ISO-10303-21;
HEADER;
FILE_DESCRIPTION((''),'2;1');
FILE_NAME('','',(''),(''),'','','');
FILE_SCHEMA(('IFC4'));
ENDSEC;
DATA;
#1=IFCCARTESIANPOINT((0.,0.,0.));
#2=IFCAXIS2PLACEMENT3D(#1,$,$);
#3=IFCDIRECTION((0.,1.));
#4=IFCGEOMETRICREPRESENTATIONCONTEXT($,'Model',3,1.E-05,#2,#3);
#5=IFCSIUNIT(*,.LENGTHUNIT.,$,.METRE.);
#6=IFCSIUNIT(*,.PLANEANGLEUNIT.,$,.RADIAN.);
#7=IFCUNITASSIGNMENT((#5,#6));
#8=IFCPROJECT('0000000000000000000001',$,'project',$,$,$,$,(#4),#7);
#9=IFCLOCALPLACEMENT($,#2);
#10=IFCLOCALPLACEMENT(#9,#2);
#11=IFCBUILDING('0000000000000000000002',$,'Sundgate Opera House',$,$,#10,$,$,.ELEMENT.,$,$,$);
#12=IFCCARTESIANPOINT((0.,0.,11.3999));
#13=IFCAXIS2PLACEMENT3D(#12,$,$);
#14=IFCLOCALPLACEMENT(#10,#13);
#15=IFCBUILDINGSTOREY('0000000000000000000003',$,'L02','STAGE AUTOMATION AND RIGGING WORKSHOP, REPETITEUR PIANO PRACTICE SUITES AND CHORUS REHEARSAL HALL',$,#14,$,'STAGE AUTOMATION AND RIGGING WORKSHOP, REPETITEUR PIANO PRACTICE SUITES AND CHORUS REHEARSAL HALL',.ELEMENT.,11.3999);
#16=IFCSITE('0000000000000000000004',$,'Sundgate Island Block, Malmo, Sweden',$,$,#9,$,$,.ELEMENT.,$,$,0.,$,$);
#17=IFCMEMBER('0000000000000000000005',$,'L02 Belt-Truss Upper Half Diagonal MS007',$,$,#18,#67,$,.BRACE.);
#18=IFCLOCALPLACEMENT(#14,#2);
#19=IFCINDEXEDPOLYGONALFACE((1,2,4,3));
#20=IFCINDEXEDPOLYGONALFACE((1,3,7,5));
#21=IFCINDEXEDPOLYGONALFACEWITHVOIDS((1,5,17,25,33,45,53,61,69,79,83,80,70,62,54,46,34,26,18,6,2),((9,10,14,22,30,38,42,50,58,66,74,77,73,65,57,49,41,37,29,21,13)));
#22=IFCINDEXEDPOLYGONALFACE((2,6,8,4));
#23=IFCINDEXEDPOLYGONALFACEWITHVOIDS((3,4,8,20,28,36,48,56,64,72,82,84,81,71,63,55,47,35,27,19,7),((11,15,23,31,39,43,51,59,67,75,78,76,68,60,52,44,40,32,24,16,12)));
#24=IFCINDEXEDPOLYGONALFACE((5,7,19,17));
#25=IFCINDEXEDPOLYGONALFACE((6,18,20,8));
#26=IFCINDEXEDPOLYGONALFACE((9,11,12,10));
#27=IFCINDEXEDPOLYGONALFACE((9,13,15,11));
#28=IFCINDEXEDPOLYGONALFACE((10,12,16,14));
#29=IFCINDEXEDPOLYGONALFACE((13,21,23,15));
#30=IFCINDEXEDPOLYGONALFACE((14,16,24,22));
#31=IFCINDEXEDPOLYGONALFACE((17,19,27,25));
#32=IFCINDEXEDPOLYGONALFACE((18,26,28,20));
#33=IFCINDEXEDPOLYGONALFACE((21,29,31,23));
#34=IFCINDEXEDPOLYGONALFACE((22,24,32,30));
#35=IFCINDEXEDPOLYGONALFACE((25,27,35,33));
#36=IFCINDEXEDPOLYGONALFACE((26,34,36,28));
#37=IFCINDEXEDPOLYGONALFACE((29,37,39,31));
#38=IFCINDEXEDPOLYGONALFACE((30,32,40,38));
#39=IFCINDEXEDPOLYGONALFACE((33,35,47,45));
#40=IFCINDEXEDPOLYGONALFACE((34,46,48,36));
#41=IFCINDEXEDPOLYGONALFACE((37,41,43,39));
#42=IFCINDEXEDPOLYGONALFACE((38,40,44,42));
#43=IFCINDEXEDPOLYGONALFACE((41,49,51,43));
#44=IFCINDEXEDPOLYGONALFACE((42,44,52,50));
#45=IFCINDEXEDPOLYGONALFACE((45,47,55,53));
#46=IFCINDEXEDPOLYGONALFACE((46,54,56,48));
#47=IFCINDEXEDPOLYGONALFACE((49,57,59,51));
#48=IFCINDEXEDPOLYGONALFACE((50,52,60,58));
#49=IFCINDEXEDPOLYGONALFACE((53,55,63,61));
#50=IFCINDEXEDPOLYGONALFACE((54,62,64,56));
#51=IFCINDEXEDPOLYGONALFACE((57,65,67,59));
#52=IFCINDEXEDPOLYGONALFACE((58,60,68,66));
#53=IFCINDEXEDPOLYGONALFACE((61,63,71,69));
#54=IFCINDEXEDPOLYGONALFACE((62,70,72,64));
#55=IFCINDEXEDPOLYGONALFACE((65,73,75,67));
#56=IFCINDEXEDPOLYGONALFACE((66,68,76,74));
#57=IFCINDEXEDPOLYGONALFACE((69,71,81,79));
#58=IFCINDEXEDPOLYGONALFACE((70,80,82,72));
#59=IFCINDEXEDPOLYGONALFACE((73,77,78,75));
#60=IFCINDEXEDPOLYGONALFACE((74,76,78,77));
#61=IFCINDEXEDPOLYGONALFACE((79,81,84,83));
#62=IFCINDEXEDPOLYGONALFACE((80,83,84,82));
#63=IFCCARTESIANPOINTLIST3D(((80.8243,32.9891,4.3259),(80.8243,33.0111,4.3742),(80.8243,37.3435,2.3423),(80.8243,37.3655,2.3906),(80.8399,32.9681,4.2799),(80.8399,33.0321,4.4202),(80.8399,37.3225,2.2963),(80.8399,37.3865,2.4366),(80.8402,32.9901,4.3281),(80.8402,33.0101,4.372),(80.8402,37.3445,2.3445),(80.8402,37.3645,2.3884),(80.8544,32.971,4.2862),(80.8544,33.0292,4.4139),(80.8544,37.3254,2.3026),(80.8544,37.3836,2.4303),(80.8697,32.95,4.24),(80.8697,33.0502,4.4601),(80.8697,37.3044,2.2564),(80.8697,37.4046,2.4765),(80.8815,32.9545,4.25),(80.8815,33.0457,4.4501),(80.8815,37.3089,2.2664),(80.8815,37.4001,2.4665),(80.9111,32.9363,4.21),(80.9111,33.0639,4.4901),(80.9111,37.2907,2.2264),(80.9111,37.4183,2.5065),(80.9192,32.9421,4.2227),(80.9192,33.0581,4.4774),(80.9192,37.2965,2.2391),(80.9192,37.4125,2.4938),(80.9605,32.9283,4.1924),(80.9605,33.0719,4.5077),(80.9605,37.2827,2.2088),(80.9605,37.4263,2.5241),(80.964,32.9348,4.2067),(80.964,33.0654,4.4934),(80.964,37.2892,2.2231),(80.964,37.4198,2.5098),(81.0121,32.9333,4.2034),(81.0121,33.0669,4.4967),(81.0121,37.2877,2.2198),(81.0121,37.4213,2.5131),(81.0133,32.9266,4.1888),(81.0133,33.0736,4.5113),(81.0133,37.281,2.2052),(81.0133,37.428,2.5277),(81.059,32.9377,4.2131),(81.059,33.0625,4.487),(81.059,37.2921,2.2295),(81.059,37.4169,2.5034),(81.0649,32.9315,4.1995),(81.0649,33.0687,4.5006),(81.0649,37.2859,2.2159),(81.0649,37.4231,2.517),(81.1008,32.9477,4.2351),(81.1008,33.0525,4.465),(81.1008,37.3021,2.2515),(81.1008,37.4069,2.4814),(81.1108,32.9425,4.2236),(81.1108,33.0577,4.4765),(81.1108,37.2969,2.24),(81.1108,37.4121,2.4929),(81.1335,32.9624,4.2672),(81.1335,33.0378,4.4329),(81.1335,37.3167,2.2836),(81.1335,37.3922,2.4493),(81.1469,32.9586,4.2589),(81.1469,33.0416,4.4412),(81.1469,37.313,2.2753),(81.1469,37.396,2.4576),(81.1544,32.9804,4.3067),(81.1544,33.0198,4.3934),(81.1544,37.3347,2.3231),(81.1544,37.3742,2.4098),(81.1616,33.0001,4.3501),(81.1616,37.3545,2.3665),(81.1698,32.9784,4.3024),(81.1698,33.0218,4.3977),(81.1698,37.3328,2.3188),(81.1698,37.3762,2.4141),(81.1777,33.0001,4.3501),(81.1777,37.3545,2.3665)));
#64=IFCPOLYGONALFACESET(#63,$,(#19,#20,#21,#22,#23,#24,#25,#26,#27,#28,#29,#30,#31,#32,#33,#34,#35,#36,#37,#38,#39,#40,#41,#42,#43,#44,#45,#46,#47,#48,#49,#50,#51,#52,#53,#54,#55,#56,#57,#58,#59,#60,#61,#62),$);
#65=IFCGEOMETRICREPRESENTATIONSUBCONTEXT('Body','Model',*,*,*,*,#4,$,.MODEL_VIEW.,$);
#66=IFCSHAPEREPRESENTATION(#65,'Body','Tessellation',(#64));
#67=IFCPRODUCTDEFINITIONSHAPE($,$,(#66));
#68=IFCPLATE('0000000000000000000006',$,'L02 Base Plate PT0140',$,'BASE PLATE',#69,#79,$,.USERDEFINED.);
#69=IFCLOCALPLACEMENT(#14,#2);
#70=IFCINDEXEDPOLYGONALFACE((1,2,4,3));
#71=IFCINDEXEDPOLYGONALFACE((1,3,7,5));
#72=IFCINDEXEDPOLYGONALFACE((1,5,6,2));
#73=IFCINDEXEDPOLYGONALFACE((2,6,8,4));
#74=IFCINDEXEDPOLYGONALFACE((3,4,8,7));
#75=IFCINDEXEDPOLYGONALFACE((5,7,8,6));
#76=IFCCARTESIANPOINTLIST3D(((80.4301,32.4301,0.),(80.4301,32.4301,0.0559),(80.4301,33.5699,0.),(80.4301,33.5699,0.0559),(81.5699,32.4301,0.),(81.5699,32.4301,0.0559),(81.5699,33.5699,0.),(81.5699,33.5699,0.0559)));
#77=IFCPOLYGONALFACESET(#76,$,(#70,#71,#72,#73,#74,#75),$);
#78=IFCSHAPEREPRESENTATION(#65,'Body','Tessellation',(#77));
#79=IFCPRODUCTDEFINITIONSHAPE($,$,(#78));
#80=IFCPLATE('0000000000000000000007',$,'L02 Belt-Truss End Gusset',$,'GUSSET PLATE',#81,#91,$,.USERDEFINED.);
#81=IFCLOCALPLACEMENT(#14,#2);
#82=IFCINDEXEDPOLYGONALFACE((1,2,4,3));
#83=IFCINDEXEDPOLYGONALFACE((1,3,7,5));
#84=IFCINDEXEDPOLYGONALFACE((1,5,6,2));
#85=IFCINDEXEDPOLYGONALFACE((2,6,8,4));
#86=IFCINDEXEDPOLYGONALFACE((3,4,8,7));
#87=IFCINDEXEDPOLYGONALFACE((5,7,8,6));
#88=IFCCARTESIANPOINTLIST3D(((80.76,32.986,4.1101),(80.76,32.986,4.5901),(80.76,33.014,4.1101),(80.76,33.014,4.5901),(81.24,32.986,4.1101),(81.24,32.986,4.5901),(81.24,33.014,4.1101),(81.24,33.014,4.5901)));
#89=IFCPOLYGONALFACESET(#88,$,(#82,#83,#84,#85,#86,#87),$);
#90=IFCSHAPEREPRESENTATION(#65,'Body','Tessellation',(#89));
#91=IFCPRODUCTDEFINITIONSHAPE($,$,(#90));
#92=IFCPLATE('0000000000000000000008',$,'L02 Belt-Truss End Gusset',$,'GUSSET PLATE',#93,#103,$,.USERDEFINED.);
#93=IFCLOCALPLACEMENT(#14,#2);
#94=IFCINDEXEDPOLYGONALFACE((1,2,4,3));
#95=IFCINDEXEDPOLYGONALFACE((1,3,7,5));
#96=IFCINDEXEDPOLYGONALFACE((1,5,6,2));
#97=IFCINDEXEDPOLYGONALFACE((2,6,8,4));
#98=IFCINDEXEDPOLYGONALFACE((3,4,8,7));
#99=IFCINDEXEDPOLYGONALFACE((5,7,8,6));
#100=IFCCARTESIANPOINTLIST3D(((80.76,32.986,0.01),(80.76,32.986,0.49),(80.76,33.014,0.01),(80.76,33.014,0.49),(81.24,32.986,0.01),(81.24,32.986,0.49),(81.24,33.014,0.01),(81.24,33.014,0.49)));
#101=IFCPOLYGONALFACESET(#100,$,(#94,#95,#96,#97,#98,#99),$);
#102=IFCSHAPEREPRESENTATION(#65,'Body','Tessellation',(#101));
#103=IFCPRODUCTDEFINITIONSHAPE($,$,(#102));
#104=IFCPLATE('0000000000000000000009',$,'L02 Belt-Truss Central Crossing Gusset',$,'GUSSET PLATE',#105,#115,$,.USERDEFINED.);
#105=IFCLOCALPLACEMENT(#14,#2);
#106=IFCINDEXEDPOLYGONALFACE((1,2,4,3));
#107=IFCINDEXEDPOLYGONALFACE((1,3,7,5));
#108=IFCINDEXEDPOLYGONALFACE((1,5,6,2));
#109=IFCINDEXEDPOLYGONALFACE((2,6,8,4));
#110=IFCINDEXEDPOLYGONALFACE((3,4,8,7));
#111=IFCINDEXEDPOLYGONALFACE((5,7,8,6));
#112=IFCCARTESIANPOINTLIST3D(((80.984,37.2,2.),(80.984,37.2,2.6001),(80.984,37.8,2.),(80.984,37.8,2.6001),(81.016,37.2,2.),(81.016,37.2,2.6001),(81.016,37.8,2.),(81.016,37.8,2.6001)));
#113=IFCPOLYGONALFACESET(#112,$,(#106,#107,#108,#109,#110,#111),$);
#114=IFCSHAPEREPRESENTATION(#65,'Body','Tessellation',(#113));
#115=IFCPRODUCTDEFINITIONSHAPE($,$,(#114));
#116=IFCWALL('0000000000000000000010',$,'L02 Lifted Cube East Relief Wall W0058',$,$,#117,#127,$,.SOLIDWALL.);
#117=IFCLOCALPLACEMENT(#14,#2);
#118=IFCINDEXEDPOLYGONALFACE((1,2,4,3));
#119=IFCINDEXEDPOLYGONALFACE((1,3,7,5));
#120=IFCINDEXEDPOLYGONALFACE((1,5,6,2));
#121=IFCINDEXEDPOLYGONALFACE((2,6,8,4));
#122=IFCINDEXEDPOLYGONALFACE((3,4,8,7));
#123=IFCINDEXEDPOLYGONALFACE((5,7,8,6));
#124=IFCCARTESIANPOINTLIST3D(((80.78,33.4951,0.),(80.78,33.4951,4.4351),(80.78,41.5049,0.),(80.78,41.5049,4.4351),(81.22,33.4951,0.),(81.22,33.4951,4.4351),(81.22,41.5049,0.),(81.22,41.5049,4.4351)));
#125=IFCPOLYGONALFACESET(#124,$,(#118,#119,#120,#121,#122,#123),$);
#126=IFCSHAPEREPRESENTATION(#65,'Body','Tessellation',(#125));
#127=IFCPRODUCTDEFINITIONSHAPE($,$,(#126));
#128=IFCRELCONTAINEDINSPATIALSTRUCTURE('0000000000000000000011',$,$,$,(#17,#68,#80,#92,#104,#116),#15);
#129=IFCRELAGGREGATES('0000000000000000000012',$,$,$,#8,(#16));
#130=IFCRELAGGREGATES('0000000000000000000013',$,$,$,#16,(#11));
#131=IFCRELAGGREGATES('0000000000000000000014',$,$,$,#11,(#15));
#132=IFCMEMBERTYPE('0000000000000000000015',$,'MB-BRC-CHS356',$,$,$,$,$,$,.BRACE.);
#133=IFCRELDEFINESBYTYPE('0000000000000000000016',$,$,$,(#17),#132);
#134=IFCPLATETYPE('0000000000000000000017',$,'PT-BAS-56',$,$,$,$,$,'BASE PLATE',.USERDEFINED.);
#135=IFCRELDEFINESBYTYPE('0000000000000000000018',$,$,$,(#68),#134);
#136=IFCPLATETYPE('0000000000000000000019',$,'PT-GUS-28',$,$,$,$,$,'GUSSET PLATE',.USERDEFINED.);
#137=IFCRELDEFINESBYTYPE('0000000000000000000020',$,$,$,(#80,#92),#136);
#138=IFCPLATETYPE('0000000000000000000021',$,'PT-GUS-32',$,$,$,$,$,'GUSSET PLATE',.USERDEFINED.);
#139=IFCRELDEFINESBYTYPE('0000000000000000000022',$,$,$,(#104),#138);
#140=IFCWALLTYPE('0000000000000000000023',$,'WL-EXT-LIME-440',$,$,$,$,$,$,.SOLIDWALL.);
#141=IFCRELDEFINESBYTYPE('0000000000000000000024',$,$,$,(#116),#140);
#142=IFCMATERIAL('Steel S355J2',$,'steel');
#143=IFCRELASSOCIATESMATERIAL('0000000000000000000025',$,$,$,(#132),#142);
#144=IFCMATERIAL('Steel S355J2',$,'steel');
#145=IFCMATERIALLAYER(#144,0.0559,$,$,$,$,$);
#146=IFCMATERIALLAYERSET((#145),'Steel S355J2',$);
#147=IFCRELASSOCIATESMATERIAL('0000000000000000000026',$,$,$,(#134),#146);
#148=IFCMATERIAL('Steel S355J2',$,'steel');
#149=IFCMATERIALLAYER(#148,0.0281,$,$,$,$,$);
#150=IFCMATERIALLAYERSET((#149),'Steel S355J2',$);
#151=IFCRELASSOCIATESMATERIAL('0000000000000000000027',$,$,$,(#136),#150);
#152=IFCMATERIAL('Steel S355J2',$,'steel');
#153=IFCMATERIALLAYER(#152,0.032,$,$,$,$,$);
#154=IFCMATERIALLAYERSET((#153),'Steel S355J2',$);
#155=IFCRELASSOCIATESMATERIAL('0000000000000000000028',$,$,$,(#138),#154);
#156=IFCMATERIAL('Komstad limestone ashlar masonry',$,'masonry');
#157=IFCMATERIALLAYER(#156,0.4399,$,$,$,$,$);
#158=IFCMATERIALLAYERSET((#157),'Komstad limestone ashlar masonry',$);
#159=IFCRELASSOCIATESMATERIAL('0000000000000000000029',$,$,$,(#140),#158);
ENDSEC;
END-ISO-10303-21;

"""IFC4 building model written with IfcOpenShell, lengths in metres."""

from ifc_helpers import new_model, si_unit, direction, frame, frame_2d, origin, origin_2d, place, context, subcontext, project, spatial, rectangle, hollow_circle, extrude, material, layer, layer_set, material_profile, profile_set, type_object, element, save


model = new_model("IFC4")

# Units and contexts
model_context = context("Model", 3, precision=1e-05, world=origin(), true_north=direction((0.0, 1.0)))
body_context = subcontext(model_context, "Body", "Model", "MODEL_VIEW")
ifc_project = project(units=[si_unit("LENGTHUNIT", "METRE"), si_unit("PLANEANGLEUNIT", "RADIAN")], contexts=[model_context])

# Site, building, storey
site_placement = place(None, origin())
site = spatial("IfcSite", under=ifc_project, at=site_placement, Name="Sundgate Island Block, Malmo, Sweden", CompositionType="ELEMENT", RefElevation=0.0)
building_placement = place(site_placement, origin())
building = spatial("IfcBuilding", under=site, at=building_placement, Name="Sundgate Opera House", CompositionType="ELEMENT")
storey_placement = place(building_placement, frame((0.0, 0.0, 11.3999)))
storey = spatial("IfcBuildingStorey", under=building, at=storey_placement, Name="L02", Description="STAGE AUTOMATION AND RIGGING WORKSHOP, REPETITEUR PIANO PRACTICE SUITES AND CHORUS REHEARSAL HALL", LongName="STAGE AUTOMATION AND RIGGING WORKSHOP, REPETITEUR PIANO PRACTICE SUITES AND CHORUS REHEARSAL HALL", CompositionType="ELEMENT", Elevation=11.3999)

# Member
ifc_material_1 = material(Name="Steel S355J2", Category="steel")
ifc_material_profile_1 = material_profile(ifc_material_1, hollow_circle(Radius=0.1777, WallThickness=0.0161, at=origin_2d()), Name="CHS 355.6x16.0")
ifc_profile_set_1 = profile_set([ifc_material_profile_1], Name="Steel S355J2")
member_type_1 = type_object("IfcMemberType", Name="MB-BRC-CHS356", PredefinedType="BRACE", material=ifc_profile_set_1)
member_1_placement = place(storey_placement, frame((81.0, 37.3545, 2.3665), z_axis=(0.0, -0.910025, 0.414552), x_axis=(1.0, 0.0, 0.0)))
element("IfcMember", 1, at=member_1_placement, inside=storey, type_object=member_type_1, Name="L02 Belt-Truss Upper Half Diagonal MS007", PredefinedType="BRACE", context=body_context, shape_type="SweptSolid", body=[
    extrude(hollow_circle(Radius=0.1777, WallThickness=0.0161, at=origin_2d()), origin(), (0.0, 0.0, 1.0), 4.7849),
])

# Plates
ifc_material_2 = material(Name="Steel S355J2", Category="steel")
ifc_layer_1 = layer(ifc_material_2, 0.0559)
ifc_layer_set_1 = layer_set([ifc_layer_1], Name="Steel S355J2")
plate_type_1 = type_object("IfcPlateType", Name="PT-BAS-56", ElementType="BASE PLATE", PredefinedType="USERDEFINED", material=ifc_layer_set_1)
plate_1_placement = place(storey_placement, frame((81.0, 33.0, 0.0), z_axis=(0.0, 0.0, 1.0), x_axis=(1.0, 0.0, 0.0)))
element("IfcPlate", 2, at=plate_1_placement, inside=storey, type_object=plate_type_1, Name="L02 Base Plate PT0140", ObjectType="BASE PLATE", PredefinedType="USERDEFINED", context=body_context, shape_type="SweptSolid", body=[
    extrude(rectangle(XDim=1.1399, YDim=1.1399, at=origin_2d()), origin(), (0.0, 0.0, 1.0), 0.0559),
])
ifc_material_3 = material(Name="Steel S355J2", Category="steel")
ifc_layer_2 = layer(ifc_material_3, 0.0281)
ifc_layer_set_2 = layer_set([ifc_layer_2], Name="Steel S355J2")
plate_type_2 = type_object("IfcPlateType", Name="PT-GUS-28", ElementType="GUSSET PLATE", PredefinedType="USERDEFINED", material=ifc_layer_set_2)
for number, where, z_axis, x_axis, name in (
    (3, (81.0, 33.0, 4.1101), (0.0, 0.0, 1.0), (1.0, 0.0, 0.0), "L02 Belt-Truss End Gusset"),
    (4, (81.0, 33.0, 0.01), (0.0, 0.0, 1.0), (1.0, 0.0, 0.0), "L02 Belt-Truss End Gusset"),
):
    element("IfcPlate", number, at=place(storey_placement, frame(where, z_axis=z_axis, x_axis=x_axis)), inside=storey, type_object=plate_type_2, Name=name, ObjectType="GUSSET PLATE", PredefinedType="USERDEFINED", context=body_context, shape_type="SweptSolid", body=[
        extrude(rectangle(XDim=0.48, YDim=0.0281, at=origin_2d()), origin(), (0.0, 0.0, 1.0), 0.48),
    ])
ifc_material_4 = material(Name="Steel S355J2", Category="steel")
ifc_layer_3 = layer(ifc_material_4, 0.032)
ifc_layer_set_3 = layer_set([ifc_layer_3], Name="Steel S355J2")
plate_type_3 = type_object("IfcPlateType", Name="PT-GUS-32", ElementType="GUSSET PLATE", PredefinedType="USERDEFINED", material=ifc_layer_set_3)
plate_2_placement = place(storey_placement, frame((81.0, 37.5, 2.0), z_axis=(0.0, 0.0, 1.0), x_axis=(1.0, 0.0, 0.0)))
element("IfcPlate", 5, at=plate_2_placement, inside=storey, type_object=plate_type_3, Name="L02 Belt-Truss Central Crossing Gusset", ObjectType="GUSSET PLATE", PredefinedType="USERDEFINED", context=body_context, shape_type="SweptSolid", body=[
    extrude(rectangle(XDim=0.032, YDim=0.6001, at=origin_2d()), origin(), (0.0, 0.0, 1.0), 0.6001),
])

# Wall
ifc_material_5 = material(Name="Komstad limestone ashlar masonry", Category="masonry")
ifc_layer_4 = layer(ifc_material_5, 0.4399)
ifc_layer_set_4 = layer_set([ifc_layer_4], Name="Komstad limestone ashlar masonry")
wall_type = type_object("IfcWallType", Name="WL-EXT-LIME-440", PredefinedType="SOLIDWALL", material=ifc_layer_set_4)
wall_placement = place(storey_placement, frame((81.0, 33.4951, 0.0), z_axis=(0.0, 0.0, 1.0), x_axis=(0.0, 1.0, 0.0)))
element("IfcWall", 6, at=wall_placement, inside=storey, type_object=wall_type, Name="L02 Lifted Cube East Relief Wall W0058", PredefinedType="SOLIDWALL", context=body_context, shape_type="SweptSolid", body=[
    extrude(rectangle(XDim=8.0098, YDim=0.4399, at=frame_2d((4.0049, 0.0))), origin(), (0.0, 0.0, 1.0), 4.4351),
])

save(model, "model.ifc")
